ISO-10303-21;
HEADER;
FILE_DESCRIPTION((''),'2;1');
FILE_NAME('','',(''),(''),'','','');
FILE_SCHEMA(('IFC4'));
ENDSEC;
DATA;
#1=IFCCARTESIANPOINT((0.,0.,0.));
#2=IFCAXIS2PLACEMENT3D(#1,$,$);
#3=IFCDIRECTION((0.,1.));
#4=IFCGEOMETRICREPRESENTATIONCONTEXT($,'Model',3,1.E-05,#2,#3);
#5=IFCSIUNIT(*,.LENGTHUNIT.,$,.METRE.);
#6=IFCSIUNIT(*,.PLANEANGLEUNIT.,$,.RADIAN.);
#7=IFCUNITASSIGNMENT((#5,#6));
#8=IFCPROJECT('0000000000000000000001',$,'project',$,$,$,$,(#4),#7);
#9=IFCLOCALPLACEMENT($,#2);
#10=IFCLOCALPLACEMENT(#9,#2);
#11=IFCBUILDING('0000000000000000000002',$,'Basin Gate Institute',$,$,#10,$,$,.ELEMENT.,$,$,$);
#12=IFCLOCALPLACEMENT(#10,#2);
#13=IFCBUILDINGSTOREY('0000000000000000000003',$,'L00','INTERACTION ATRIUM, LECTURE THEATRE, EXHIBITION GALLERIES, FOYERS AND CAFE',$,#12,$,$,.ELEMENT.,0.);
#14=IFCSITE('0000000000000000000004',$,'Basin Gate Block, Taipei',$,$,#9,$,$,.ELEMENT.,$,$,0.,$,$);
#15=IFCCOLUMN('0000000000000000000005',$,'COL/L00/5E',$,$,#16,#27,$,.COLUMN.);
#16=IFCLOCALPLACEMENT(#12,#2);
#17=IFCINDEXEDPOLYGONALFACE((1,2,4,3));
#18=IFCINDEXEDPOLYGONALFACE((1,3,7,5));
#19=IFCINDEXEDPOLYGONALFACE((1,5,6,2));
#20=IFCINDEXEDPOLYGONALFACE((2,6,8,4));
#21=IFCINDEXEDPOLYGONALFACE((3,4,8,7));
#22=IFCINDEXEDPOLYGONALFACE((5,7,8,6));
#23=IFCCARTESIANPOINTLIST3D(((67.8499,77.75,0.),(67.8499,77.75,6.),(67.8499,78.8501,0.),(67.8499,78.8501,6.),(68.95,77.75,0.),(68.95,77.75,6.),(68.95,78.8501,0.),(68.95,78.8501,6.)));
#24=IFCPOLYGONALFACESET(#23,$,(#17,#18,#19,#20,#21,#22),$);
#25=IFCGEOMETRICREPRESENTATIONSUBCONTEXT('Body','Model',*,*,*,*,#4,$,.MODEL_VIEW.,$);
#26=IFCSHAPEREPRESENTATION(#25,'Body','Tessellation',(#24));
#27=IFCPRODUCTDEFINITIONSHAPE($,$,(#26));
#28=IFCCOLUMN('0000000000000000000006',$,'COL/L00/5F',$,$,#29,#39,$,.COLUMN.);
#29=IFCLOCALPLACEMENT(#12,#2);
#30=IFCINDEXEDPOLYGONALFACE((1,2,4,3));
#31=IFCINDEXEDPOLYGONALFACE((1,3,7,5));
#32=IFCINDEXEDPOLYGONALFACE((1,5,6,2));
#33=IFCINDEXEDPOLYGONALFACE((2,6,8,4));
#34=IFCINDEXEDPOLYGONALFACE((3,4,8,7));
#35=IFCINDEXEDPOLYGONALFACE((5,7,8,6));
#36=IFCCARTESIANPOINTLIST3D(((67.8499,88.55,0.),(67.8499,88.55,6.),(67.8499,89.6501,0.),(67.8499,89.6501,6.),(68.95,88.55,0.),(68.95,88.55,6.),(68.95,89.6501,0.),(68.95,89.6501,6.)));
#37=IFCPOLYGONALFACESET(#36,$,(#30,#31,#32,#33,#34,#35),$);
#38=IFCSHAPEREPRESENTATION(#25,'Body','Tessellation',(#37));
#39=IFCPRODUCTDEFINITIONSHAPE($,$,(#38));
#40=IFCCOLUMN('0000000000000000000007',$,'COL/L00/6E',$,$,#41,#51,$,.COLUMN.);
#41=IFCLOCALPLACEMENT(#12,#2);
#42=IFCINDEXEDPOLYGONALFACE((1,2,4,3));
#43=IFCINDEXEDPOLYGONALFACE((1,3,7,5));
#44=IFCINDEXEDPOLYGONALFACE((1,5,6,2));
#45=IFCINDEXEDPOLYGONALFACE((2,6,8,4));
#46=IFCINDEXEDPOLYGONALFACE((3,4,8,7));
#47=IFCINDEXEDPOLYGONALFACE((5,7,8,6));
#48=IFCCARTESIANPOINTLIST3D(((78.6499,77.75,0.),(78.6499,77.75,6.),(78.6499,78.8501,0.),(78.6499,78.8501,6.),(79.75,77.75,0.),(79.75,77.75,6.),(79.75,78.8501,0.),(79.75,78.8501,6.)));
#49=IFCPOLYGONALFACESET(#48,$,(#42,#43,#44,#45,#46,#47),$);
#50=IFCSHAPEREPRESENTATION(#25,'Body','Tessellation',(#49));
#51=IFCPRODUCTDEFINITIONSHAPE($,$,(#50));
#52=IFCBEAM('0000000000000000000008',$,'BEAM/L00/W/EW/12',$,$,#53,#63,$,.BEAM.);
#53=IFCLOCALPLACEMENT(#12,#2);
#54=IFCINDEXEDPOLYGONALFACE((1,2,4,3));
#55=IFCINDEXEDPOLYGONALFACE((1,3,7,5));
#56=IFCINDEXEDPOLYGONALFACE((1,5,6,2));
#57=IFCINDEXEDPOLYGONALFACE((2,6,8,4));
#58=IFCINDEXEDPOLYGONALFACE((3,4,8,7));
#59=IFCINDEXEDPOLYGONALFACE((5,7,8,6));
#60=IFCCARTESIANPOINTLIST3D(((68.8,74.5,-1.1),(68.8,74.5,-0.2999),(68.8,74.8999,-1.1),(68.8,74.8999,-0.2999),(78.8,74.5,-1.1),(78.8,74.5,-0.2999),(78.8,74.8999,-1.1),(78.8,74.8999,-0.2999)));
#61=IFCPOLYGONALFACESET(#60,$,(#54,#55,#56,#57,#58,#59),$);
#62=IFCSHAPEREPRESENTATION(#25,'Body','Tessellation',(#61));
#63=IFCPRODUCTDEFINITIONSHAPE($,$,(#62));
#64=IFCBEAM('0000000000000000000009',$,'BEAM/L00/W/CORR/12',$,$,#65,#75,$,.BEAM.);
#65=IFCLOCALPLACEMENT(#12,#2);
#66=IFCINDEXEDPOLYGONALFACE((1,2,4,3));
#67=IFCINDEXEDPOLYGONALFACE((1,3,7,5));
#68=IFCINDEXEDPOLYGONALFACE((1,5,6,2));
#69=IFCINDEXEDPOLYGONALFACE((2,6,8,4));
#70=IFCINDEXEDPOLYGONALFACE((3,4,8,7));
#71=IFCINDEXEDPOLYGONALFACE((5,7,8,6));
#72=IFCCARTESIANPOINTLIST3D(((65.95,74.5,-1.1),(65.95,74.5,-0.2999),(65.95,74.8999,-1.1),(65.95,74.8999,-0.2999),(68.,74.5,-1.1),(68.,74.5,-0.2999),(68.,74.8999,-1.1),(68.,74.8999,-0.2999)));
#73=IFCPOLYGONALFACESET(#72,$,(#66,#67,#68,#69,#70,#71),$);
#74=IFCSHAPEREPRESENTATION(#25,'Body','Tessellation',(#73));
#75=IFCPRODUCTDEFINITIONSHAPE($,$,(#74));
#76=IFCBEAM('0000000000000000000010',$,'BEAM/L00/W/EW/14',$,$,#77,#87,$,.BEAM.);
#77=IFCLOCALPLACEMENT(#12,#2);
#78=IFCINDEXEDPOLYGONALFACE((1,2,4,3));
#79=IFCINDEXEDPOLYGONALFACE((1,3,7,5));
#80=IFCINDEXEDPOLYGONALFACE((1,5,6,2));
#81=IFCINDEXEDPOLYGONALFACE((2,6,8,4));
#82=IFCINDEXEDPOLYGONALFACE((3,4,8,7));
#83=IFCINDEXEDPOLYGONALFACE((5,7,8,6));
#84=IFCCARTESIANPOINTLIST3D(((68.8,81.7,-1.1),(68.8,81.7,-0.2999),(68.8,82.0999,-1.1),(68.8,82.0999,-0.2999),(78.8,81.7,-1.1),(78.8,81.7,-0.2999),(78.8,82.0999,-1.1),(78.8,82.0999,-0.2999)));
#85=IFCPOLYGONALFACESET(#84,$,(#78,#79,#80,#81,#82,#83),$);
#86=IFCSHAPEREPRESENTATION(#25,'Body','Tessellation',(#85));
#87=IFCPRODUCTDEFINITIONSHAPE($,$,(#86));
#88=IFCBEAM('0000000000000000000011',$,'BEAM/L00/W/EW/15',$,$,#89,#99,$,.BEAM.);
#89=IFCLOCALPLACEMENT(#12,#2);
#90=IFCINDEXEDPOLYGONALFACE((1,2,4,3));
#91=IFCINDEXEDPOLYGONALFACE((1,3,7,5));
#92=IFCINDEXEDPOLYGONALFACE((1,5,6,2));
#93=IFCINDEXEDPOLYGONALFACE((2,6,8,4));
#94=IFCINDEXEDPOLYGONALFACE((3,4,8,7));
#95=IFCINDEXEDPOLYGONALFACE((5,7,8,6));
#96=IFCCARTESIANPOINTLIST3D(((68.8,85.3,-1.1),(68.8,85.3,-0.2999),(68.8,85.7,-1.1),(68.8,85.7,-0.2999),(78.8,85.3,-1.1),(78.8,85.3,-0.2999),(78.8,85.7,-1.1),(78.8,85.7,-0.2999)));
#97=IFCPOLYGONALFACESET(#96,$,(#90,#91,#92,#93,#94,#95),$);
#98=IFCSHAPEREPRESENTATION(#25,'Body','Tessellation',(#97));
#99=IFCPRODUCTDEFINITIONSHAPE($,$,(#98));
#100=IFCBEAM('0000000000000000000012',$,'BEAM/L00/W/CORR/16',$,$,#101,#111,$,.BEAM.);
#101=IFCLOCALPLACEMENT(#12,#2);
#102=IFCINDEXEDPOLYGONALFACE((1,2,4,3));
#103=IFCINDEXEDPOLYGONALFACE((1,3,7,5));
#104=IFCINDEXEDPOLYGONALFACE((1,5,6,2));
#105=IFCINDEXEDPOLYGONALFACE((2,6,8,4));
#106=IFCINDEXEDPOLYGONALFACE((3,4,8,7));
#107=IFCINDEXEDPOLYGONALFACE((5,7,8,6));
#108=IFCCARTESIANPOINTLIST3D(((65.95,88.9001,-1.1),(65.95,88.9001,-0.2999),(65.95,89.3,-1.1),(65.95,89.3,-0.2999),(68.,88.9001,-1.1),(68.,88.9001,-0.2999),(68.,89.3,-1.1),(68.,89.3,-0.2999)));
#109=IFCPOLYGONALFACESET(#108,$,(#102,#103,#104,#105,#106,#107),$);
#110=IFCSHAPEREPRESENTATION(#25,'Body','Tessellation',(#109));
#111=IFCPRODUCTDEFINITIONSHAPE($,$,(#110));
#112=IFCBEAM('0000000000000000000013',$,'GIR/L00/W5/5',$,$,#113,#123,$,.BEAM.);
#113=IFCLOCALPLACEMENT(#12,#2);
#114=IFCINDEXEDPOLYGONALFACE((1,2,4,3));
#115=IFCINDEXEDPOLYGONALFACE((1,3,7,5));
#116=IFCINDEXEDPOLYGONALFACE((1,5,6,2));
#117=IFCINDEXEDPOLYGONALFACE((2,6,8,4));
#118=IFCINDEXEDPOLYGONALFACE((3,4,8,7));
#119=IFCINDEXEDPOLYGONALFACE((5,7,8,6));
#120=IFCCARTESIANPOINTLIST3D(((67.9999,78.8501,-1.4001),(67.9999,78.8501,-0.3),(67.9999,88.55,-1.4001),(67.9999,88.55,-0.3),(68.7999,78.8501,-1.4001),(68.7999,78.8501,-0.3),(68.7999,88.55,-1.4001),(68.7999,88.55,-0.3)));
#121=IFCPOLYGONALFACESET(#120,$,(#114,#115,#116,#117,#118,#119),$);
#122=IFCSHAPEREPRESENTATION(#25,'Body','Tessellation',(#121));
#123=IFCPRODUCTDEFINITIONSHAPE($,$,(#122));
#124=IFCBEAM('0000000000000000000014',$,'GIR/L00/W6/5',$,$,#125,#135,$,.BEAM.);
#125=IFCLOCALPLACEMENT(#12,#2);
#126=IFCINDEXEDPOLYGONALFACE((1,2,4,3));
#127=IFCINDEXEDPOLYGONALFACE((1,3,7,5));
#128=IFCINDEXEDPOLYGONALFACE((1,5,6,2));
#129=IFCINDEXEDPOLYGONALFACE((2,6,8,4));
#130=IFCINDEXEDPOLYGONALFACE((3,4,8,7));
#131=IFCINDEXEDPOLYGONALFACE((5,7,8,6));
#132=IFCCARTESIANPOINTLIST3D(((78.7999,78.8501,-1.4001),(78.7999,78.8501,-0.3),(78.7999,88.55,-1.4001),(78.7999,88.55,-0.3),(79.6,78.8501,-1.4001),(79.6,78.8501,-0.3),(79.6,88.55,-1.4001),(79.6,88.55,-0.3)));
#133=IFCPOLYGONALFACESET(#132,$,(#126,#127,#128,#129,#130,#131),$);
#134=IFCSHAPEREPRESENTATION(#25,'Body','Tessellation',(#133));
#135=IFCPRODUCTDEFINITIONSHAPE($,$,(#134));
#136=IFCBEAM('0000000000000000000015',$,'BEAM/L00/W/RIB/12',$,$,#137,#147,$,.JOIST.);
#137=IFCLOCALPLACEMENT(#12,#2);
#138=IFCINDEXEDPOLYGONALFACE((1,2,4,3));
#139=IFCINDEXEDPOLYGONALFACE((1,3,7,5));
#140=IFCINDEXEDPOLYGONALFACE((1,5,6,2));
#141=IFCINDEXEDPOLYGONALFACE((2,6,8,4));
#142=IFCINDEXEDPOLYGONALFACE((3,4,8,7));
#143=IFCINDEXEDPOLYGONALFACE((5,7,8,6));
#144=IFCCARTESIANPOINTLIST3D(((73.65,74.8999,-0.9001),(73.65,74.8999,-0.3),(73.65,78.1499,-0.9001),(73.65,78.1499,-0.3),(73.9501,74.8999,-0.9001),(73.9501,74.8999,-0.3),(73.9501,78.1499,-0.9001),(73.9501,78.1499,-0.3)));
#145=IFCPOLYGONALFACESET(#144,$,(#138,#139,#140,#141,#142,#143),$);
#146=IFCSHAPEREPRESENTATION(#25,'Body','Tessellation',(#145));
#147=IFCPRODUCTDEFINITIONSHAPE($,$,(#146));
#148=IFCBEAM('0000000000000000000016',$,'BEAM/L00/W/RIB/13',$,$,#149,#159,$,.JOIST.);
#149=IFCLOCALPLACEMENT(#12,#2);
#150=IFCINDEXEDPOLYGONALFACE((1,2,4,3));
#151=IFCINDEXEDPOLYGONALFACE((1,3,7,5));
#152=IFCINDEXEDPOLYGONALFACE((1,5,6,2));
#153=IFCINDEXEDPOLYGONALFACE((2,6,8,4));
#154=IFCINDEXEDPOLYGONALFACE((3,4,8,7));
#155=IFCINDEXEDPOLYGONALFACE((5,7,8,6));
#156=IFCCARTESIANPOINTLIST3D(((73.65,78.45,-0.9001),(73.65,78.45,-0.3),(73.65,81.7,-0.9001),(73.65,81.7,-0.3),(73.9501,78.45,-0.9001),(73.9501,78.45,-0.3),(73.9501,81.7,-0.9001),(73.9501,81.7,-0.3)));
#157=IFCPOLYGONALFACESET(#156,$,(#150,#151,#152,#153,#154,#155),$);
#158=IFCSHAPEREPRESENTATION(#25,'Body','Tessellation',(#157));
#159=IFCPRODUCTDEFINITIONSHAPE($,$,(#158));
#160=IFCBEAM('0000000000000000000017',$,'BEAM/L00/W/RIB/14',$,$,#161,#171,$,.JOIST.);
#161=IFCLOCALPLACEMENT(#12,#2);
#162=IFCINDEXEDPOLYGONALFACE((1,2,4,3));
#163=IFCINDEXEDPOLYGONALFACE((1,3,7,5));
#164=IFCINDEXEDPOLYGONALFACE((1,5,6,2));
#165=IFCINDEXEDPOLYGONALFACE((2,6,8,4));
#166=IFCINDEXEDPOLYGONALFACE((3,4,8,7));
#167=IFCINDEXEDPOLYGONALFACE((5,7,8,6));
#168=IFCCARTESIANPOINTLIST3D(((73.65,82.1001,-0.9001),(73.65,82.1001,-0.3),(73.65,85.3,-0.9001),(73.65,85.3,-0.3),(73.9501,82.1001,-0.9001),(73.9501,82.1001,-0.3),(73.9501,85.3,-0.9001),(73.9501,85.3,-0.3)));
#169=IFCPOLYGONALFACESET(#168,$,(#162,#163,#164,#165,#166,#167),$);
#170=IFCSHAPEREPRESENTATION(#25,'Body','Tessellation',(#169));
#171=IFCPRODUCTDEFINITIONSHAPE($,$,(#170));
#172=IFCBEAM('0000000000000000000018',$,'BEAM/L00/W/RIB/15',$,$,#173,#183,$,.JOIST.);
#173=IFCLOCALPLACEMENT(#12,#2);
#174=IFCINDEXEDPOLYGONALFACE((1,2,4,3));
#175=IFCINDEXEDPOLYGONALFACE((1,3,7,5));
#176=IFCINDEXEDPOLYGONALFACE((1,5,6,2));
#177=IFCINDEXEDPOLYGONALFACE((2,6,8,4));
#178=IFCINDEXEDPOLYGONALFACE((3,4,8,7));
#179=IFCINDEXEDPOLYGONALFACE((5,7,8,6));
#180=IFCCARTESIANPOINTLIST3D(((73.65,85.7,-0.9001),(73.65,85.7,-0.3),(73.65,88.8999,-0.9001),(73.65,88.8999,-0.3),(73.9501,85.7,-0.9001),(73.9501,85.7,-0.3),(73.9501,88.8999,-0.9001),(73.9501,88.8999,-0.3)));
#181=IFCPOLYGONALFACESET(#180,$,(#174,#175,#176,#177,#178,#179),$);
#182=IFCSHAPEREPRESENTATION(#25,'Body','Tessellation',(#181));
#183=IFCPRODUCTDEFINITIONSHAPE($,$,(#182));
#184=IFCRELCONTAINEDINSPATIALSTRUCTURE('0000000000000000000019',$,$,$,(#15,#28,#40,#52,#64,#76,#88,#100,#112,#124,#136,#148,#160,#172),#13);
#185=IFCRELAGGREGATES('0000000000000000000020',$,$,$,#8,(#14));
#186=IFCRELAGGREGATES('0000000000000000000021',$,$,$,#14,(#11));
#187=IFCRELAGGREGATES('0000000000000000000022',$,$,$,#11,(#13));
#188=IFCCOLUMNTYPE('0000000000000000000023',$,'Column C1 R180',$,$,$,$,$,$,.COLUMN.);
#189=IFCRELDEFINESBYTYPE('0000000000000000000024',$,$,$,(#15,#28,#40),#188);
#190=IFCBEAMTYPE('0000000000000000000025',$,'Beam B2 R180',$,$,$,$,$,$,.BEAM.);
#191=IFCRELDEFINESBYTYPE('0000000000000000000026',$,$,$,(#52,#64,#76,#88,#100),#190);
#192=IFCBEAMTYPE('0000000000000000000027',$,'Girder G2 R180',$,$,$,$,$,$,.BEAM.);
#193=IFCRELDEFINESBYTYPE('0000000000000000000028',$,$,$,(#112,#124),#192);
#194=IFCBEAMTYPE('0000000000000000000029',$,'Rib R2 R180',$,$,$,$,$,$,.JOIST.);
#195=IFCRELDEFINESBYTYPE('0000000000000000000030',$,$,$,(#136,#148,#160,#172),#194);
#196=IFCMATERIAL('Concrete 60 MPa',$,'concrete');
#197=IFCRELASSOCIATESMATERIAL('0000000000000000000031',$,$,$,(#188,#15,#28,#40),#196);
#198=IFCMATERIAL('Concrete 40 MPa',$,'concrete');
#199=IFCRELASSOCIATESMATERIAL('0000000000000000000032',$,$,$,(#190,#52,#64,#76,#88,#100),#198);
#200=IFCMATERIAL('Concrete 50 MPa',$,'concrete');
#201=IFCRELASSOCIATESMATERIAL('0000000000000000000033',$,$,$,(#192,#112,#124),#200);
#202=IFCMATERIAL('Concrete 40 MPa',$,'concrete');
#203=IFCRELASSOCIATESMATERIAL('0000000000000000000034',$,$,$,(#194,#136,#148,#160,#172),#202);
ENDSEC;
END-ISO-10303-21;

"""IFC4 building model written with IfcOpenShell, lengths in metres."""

from ifc_helpers import new_model, si_unit, direction, frame, origin, origin_2d, place, context, subcontext, project, spatial, rectangle, extrude, material, material_profile, profile_set, type_object, element, save


model = new_model("IFC4")

# Units and contexts
model_context = context("Model", 3, precision=1e-05, world=origin(), true_north=direction((0.0, 1.0)))
body_context = subcontext(model_context, "Body", "Model", "MODEL_VIEW")
ifc_project = project(units=[si_unit("LENGTHUNIT", "METRE"), si_unit("PLANEANGLEUNIT", "RADIAN")], contexts=[model_context])

# Site, building, storey
site_placement = place(None, origin())
site = spatial("IfcSite", under=ifc_project, at=site_placement, Name="Basin Gate Block, Taipei", CompositionType="ELEMENT", RefElevation=0.0)
building_placement = place(site_placement, origin())
building = spatial("IfcBuilding", under=site, at=building_placement, Name="Basin Gate Institute", CompositionType="ELEMENT")
storey_placement = place(building_placement, origin())
storey = spatial("IfcBuildingStorey", under=building, at=storey_placement, Name="L00", Description="INTERACTION ATRIUM, LECTURE THEATRE, EXHIBITION GALLERIES, FOYERS AND CAFE", CompositionType="ELEMENT", Elevation=0.0)

# Columns
ifc_material_1 = material(Name="Concrete 60 MPa", Category="concrete")
ifc_material_profile_1 = material_profile(ifc_material_1, rectangle(XDim=1.1001, YDim=1.1001, at=origin_2d()), Name="Column C1 1100 x 1100")
ifc_profile_set_1 = profile_set([ifc_material_profile_1], Name="Concrete 60 MPa")
column_type = type_object("IfcColumnType", Name="Column C1 R180", PredefinedType="COLUMN", material=ifc_profile_set_1)
for number, where, z_axis, x_axis, name in (
    (1, (68.3999, 78.3, 0.0), (0.0, 0.0, 1.0), (1.0, 0.0, 0.0), "COL/L00/5E"),
    (2, (68.3999, 89.1001, 0.0), (0.0, 0.0, 1.0), (1.0, 0.0, 0.0), "COL/L00/5F"),
    (3, (79.2, 78.3, 0.0), (0.0, 0.0, 1.0), (1.0, 0.0, 0.0), "COL/L00/6E"),
):
    element("IfcColumn", number, at=place(storey_placement, frame(where, z_axis=z_axis, x_axis=x_axis)), inside=storey, type_object=column_type, material=ifc_profile_set_1, Name=name, PredefinedType="COLUMN", context=body_context, shape_type="SweptSolid", body=[
        extrude(rectangle(XDim=1.1001, YDim=1.1001, at=origin_2d()), origin(), (0.0, 0.0, 1.0), 6.0),
    ])

# Beams
ifc_material_2 = material(Name="Concrete 40 MPa", Category="concrete")
ifc_material_profile_2 = material_profile(ifc_material_2, rectangle(XDim=0.3999, YDim=0.8, at=origin_2d()), Name="Beam B2 400 x 800")
ifc_profile_set_2 = profile_set([ifc_material_profile_2], Name="Concrete 40 MPa")
beam_type_1 = type_object("IfcBeamType", Name="Beam B2 R180", PredefinedType="BEAM", material=ifc_profile_set_2)
beam_1_placement = place(storey_placement, frame((68.8, 74.7, -0.7), z_axis=(1.0, 0.0, 0.0), x_axis=(0.0, 1.0, 0.0)))
element("IfcBeam", 4, at=beam_1_placement, inside=storey, type_object=beam_type_1, material=ifc_profile_set_2, Name="BEAM/L00/W/EW/12", PredefinedType="BEAM", context=body_context, shape_type="SweptSolid", body=[
    extrude(rectangle(XDim=0.3999, YDim=0.8, at=origin_2d()), origin(), (0.0, 0.0, 1.0), 10.0),
])
beam_2_placement = place(storey_placement, frame((65.95, 74.7, -0.7), z_axis=(1.0, 0.0, 0.0), x_axis=(0.0, 1.0, 0.0)))
element("IfcBeam", 5, at=beam_2_placement, inside=storey, type_object=beam_type_1, material=ifc_profile_set_2, Name="BEAM/L00/W/CORR/12", PredefinedType="BEAM", context=body_context, shape_type="SweptSolid", body=[
    extrude(rectangle(XDim=0.3999, YDim=0.8, at=origin_2d()), origin(), (0.0, 0.0, 1.0), 2.05),
])
for number, where, z_axis, x_axis, name in (
    (6, (68.8, 81.8999, -0.7), (1.0, 0.0, 0.0), (0.0, 1.0, 0.0), "BEAM/L00/W/EW/14"),
    (7, (68.8, 85.5, -0.7), (1.0, 0.0, 0.0), (0.0, 1.0, 0.0), "BEAM/L00/W/EW/15"),
):
    element("IfcBeam", number, at=place(storey_placement, frame(where, z_axis=z_axis, x_axis=x_axis)), inside=storey, type_object=beam_type_1, material=ifc_profile_set_2, Name=name, PredefinedType="BEAM", context=body_context, shape_type="SweptSolid", body=[
        extrude(rectangle(XDim=0.3999, YDim=0.8, at=origin_2d()), origin(), (0.0, 0.0, 1.0), 10.0),
    ])
beam_3_placement = place(storey_placement, frame((65.95, 89.1001, -0.7), z_axis=(1.0, 0.0, 0.0), x_axis=(0.0, 1.0, 0.0)))
element("IfcBeam", 8, at=beam_3_placement, inside=storey, type_object=beam_type_1, material=ifc_profile_set_2, Name="BEAM/L00/W/CORR/16", PredefinedType="BEAM", context=body_context, shape_type="SweptSolid", body=[
    extrude(rectangle(XDim=0.3999, YDim=0.8, at=origin_2d()), origin(), (0.0, 0.0, 1.0), 2.05),
])
ifc_material_3 = material(Name="Concrete 50 MPa", Category="concrete")
ifc_material_profile_3 = material_profile(ifc_material_3, rectangle(XDim=0.8, YDim=1.1001, at=origin_2d()), Name="Girder G2 800 x 1100")
ifc_profile_set_3 = profile_set([ifc_material_profile_3], Name="Concrete 50 MPa")
beam_type_2 = type_object("IfcBeamType", Name="Girder G2 R180", PredefinedType="BEAM", material=ifc_profile_set_3)
for number, where, z_axis, x_axis, name in (
    (9, (68.3999, 78.8501, -0.8501), (0.0, 1.0, 0.0), (-1.0, 0.0, 0.0), "GIR/L00/W5/5"),
    (10, (79.2, 78.8501, -0.8501), (0.0, 1.0, 0.0), (-1.0, 0.0, 0.0), "GIR/L00/W6/5"),
):
    element("IfcBeam", number, at=place(storey_placement, frame(where, z_axis=z_axis, x_axis=x_axis)), inside=storey, type_object=beam_type_2, material=ifc_profile_set_3, Name=name, PredefinedType="BEAM", context=body_context, shape_type="SweptSolid", body=[
        extrude(rectangle(XDim=0.8, YDim=1.1001, at=origin_2d()), origin(), (0.0, 0.0, 1.0), 9.7),
    ])
ifc_material_4 = material(Name="Concrete 40 MPa", Category="concrete")
ifc_material_profile_4 = material_profile(ifc_material_4, rectangle(XDim=0.3, YDim=0.6001, at=origin_2d()), Name="Rib R2 300 x 600")
ifc_profile_set_4 = profile_set([ifc_material_profile_4], Name="Concrete 40 MPa")
beam_type_3 = type_object("IfcBeamType", Name="Rib R2 R180", PredefinedType="JOIST", material=ifc_profile_set_4)
for number, where, z_axis, x_axis, name in (
    (11, (73.8, 74.8999, -0.6001), (0.0, 1.0, 0.0), (-1.0, 0.0, 0.0), "BEAM/L00/W/RIB/12"),
    (12, (73.8, 78.45, -0.6001), (0.0, 1.0, 0.0), (-1.0, 0.0, 0.0), "BEAM/L00/W/RIB/13"),
):
    element("IfcBeam", number, at=place(storey_placement, frame(where, z_axis=z_axis, x_axis=x_axis)), inside=storey, type_object=beam_type_3, material=ifc_profile_set_4, Name=name, PredefinedType="JOIST", context=body_context, shape_type="SweptSolid", body=[
        extrude(rectangle(XDim=0.3, YDim=0.6001, at=origin_2d()), origin(), (0.0, 0.0, 1.0), 3.25),
    ])
for number, where, z_axis, x_axis, name in (
    (13, (73.8, 82.1001, -0.6001), (0.0, 1.0, 0.0), (-1.0, 0.0, 0.0), "BEAM/L00/W/RIB/14"),
    (14, (73.8, 85.7, -0.6001), (0.0, 1.0, 0.0), (-1.0, 0.0, 0.0), "BEAM/L00/W/RIB/15"),
):
    element("IfcBeam", number, at=place(storey_placement, frame(where, z_axis=z_axis, x_axis=x_axis)), inside=storey, type_object=beam_type_3, material=ifc_profile_set_4, Name=name, PredefinedType="JOIST", context=body_context, shape_type="SweptSolid", body=[
        extrude(rectangle(XDim=0.3, YDim=0.6001, at=origin_2d()), origin(), (0.0, 0.0, 1.0), 3.2),
    ])

save(model, "model.ifc")
